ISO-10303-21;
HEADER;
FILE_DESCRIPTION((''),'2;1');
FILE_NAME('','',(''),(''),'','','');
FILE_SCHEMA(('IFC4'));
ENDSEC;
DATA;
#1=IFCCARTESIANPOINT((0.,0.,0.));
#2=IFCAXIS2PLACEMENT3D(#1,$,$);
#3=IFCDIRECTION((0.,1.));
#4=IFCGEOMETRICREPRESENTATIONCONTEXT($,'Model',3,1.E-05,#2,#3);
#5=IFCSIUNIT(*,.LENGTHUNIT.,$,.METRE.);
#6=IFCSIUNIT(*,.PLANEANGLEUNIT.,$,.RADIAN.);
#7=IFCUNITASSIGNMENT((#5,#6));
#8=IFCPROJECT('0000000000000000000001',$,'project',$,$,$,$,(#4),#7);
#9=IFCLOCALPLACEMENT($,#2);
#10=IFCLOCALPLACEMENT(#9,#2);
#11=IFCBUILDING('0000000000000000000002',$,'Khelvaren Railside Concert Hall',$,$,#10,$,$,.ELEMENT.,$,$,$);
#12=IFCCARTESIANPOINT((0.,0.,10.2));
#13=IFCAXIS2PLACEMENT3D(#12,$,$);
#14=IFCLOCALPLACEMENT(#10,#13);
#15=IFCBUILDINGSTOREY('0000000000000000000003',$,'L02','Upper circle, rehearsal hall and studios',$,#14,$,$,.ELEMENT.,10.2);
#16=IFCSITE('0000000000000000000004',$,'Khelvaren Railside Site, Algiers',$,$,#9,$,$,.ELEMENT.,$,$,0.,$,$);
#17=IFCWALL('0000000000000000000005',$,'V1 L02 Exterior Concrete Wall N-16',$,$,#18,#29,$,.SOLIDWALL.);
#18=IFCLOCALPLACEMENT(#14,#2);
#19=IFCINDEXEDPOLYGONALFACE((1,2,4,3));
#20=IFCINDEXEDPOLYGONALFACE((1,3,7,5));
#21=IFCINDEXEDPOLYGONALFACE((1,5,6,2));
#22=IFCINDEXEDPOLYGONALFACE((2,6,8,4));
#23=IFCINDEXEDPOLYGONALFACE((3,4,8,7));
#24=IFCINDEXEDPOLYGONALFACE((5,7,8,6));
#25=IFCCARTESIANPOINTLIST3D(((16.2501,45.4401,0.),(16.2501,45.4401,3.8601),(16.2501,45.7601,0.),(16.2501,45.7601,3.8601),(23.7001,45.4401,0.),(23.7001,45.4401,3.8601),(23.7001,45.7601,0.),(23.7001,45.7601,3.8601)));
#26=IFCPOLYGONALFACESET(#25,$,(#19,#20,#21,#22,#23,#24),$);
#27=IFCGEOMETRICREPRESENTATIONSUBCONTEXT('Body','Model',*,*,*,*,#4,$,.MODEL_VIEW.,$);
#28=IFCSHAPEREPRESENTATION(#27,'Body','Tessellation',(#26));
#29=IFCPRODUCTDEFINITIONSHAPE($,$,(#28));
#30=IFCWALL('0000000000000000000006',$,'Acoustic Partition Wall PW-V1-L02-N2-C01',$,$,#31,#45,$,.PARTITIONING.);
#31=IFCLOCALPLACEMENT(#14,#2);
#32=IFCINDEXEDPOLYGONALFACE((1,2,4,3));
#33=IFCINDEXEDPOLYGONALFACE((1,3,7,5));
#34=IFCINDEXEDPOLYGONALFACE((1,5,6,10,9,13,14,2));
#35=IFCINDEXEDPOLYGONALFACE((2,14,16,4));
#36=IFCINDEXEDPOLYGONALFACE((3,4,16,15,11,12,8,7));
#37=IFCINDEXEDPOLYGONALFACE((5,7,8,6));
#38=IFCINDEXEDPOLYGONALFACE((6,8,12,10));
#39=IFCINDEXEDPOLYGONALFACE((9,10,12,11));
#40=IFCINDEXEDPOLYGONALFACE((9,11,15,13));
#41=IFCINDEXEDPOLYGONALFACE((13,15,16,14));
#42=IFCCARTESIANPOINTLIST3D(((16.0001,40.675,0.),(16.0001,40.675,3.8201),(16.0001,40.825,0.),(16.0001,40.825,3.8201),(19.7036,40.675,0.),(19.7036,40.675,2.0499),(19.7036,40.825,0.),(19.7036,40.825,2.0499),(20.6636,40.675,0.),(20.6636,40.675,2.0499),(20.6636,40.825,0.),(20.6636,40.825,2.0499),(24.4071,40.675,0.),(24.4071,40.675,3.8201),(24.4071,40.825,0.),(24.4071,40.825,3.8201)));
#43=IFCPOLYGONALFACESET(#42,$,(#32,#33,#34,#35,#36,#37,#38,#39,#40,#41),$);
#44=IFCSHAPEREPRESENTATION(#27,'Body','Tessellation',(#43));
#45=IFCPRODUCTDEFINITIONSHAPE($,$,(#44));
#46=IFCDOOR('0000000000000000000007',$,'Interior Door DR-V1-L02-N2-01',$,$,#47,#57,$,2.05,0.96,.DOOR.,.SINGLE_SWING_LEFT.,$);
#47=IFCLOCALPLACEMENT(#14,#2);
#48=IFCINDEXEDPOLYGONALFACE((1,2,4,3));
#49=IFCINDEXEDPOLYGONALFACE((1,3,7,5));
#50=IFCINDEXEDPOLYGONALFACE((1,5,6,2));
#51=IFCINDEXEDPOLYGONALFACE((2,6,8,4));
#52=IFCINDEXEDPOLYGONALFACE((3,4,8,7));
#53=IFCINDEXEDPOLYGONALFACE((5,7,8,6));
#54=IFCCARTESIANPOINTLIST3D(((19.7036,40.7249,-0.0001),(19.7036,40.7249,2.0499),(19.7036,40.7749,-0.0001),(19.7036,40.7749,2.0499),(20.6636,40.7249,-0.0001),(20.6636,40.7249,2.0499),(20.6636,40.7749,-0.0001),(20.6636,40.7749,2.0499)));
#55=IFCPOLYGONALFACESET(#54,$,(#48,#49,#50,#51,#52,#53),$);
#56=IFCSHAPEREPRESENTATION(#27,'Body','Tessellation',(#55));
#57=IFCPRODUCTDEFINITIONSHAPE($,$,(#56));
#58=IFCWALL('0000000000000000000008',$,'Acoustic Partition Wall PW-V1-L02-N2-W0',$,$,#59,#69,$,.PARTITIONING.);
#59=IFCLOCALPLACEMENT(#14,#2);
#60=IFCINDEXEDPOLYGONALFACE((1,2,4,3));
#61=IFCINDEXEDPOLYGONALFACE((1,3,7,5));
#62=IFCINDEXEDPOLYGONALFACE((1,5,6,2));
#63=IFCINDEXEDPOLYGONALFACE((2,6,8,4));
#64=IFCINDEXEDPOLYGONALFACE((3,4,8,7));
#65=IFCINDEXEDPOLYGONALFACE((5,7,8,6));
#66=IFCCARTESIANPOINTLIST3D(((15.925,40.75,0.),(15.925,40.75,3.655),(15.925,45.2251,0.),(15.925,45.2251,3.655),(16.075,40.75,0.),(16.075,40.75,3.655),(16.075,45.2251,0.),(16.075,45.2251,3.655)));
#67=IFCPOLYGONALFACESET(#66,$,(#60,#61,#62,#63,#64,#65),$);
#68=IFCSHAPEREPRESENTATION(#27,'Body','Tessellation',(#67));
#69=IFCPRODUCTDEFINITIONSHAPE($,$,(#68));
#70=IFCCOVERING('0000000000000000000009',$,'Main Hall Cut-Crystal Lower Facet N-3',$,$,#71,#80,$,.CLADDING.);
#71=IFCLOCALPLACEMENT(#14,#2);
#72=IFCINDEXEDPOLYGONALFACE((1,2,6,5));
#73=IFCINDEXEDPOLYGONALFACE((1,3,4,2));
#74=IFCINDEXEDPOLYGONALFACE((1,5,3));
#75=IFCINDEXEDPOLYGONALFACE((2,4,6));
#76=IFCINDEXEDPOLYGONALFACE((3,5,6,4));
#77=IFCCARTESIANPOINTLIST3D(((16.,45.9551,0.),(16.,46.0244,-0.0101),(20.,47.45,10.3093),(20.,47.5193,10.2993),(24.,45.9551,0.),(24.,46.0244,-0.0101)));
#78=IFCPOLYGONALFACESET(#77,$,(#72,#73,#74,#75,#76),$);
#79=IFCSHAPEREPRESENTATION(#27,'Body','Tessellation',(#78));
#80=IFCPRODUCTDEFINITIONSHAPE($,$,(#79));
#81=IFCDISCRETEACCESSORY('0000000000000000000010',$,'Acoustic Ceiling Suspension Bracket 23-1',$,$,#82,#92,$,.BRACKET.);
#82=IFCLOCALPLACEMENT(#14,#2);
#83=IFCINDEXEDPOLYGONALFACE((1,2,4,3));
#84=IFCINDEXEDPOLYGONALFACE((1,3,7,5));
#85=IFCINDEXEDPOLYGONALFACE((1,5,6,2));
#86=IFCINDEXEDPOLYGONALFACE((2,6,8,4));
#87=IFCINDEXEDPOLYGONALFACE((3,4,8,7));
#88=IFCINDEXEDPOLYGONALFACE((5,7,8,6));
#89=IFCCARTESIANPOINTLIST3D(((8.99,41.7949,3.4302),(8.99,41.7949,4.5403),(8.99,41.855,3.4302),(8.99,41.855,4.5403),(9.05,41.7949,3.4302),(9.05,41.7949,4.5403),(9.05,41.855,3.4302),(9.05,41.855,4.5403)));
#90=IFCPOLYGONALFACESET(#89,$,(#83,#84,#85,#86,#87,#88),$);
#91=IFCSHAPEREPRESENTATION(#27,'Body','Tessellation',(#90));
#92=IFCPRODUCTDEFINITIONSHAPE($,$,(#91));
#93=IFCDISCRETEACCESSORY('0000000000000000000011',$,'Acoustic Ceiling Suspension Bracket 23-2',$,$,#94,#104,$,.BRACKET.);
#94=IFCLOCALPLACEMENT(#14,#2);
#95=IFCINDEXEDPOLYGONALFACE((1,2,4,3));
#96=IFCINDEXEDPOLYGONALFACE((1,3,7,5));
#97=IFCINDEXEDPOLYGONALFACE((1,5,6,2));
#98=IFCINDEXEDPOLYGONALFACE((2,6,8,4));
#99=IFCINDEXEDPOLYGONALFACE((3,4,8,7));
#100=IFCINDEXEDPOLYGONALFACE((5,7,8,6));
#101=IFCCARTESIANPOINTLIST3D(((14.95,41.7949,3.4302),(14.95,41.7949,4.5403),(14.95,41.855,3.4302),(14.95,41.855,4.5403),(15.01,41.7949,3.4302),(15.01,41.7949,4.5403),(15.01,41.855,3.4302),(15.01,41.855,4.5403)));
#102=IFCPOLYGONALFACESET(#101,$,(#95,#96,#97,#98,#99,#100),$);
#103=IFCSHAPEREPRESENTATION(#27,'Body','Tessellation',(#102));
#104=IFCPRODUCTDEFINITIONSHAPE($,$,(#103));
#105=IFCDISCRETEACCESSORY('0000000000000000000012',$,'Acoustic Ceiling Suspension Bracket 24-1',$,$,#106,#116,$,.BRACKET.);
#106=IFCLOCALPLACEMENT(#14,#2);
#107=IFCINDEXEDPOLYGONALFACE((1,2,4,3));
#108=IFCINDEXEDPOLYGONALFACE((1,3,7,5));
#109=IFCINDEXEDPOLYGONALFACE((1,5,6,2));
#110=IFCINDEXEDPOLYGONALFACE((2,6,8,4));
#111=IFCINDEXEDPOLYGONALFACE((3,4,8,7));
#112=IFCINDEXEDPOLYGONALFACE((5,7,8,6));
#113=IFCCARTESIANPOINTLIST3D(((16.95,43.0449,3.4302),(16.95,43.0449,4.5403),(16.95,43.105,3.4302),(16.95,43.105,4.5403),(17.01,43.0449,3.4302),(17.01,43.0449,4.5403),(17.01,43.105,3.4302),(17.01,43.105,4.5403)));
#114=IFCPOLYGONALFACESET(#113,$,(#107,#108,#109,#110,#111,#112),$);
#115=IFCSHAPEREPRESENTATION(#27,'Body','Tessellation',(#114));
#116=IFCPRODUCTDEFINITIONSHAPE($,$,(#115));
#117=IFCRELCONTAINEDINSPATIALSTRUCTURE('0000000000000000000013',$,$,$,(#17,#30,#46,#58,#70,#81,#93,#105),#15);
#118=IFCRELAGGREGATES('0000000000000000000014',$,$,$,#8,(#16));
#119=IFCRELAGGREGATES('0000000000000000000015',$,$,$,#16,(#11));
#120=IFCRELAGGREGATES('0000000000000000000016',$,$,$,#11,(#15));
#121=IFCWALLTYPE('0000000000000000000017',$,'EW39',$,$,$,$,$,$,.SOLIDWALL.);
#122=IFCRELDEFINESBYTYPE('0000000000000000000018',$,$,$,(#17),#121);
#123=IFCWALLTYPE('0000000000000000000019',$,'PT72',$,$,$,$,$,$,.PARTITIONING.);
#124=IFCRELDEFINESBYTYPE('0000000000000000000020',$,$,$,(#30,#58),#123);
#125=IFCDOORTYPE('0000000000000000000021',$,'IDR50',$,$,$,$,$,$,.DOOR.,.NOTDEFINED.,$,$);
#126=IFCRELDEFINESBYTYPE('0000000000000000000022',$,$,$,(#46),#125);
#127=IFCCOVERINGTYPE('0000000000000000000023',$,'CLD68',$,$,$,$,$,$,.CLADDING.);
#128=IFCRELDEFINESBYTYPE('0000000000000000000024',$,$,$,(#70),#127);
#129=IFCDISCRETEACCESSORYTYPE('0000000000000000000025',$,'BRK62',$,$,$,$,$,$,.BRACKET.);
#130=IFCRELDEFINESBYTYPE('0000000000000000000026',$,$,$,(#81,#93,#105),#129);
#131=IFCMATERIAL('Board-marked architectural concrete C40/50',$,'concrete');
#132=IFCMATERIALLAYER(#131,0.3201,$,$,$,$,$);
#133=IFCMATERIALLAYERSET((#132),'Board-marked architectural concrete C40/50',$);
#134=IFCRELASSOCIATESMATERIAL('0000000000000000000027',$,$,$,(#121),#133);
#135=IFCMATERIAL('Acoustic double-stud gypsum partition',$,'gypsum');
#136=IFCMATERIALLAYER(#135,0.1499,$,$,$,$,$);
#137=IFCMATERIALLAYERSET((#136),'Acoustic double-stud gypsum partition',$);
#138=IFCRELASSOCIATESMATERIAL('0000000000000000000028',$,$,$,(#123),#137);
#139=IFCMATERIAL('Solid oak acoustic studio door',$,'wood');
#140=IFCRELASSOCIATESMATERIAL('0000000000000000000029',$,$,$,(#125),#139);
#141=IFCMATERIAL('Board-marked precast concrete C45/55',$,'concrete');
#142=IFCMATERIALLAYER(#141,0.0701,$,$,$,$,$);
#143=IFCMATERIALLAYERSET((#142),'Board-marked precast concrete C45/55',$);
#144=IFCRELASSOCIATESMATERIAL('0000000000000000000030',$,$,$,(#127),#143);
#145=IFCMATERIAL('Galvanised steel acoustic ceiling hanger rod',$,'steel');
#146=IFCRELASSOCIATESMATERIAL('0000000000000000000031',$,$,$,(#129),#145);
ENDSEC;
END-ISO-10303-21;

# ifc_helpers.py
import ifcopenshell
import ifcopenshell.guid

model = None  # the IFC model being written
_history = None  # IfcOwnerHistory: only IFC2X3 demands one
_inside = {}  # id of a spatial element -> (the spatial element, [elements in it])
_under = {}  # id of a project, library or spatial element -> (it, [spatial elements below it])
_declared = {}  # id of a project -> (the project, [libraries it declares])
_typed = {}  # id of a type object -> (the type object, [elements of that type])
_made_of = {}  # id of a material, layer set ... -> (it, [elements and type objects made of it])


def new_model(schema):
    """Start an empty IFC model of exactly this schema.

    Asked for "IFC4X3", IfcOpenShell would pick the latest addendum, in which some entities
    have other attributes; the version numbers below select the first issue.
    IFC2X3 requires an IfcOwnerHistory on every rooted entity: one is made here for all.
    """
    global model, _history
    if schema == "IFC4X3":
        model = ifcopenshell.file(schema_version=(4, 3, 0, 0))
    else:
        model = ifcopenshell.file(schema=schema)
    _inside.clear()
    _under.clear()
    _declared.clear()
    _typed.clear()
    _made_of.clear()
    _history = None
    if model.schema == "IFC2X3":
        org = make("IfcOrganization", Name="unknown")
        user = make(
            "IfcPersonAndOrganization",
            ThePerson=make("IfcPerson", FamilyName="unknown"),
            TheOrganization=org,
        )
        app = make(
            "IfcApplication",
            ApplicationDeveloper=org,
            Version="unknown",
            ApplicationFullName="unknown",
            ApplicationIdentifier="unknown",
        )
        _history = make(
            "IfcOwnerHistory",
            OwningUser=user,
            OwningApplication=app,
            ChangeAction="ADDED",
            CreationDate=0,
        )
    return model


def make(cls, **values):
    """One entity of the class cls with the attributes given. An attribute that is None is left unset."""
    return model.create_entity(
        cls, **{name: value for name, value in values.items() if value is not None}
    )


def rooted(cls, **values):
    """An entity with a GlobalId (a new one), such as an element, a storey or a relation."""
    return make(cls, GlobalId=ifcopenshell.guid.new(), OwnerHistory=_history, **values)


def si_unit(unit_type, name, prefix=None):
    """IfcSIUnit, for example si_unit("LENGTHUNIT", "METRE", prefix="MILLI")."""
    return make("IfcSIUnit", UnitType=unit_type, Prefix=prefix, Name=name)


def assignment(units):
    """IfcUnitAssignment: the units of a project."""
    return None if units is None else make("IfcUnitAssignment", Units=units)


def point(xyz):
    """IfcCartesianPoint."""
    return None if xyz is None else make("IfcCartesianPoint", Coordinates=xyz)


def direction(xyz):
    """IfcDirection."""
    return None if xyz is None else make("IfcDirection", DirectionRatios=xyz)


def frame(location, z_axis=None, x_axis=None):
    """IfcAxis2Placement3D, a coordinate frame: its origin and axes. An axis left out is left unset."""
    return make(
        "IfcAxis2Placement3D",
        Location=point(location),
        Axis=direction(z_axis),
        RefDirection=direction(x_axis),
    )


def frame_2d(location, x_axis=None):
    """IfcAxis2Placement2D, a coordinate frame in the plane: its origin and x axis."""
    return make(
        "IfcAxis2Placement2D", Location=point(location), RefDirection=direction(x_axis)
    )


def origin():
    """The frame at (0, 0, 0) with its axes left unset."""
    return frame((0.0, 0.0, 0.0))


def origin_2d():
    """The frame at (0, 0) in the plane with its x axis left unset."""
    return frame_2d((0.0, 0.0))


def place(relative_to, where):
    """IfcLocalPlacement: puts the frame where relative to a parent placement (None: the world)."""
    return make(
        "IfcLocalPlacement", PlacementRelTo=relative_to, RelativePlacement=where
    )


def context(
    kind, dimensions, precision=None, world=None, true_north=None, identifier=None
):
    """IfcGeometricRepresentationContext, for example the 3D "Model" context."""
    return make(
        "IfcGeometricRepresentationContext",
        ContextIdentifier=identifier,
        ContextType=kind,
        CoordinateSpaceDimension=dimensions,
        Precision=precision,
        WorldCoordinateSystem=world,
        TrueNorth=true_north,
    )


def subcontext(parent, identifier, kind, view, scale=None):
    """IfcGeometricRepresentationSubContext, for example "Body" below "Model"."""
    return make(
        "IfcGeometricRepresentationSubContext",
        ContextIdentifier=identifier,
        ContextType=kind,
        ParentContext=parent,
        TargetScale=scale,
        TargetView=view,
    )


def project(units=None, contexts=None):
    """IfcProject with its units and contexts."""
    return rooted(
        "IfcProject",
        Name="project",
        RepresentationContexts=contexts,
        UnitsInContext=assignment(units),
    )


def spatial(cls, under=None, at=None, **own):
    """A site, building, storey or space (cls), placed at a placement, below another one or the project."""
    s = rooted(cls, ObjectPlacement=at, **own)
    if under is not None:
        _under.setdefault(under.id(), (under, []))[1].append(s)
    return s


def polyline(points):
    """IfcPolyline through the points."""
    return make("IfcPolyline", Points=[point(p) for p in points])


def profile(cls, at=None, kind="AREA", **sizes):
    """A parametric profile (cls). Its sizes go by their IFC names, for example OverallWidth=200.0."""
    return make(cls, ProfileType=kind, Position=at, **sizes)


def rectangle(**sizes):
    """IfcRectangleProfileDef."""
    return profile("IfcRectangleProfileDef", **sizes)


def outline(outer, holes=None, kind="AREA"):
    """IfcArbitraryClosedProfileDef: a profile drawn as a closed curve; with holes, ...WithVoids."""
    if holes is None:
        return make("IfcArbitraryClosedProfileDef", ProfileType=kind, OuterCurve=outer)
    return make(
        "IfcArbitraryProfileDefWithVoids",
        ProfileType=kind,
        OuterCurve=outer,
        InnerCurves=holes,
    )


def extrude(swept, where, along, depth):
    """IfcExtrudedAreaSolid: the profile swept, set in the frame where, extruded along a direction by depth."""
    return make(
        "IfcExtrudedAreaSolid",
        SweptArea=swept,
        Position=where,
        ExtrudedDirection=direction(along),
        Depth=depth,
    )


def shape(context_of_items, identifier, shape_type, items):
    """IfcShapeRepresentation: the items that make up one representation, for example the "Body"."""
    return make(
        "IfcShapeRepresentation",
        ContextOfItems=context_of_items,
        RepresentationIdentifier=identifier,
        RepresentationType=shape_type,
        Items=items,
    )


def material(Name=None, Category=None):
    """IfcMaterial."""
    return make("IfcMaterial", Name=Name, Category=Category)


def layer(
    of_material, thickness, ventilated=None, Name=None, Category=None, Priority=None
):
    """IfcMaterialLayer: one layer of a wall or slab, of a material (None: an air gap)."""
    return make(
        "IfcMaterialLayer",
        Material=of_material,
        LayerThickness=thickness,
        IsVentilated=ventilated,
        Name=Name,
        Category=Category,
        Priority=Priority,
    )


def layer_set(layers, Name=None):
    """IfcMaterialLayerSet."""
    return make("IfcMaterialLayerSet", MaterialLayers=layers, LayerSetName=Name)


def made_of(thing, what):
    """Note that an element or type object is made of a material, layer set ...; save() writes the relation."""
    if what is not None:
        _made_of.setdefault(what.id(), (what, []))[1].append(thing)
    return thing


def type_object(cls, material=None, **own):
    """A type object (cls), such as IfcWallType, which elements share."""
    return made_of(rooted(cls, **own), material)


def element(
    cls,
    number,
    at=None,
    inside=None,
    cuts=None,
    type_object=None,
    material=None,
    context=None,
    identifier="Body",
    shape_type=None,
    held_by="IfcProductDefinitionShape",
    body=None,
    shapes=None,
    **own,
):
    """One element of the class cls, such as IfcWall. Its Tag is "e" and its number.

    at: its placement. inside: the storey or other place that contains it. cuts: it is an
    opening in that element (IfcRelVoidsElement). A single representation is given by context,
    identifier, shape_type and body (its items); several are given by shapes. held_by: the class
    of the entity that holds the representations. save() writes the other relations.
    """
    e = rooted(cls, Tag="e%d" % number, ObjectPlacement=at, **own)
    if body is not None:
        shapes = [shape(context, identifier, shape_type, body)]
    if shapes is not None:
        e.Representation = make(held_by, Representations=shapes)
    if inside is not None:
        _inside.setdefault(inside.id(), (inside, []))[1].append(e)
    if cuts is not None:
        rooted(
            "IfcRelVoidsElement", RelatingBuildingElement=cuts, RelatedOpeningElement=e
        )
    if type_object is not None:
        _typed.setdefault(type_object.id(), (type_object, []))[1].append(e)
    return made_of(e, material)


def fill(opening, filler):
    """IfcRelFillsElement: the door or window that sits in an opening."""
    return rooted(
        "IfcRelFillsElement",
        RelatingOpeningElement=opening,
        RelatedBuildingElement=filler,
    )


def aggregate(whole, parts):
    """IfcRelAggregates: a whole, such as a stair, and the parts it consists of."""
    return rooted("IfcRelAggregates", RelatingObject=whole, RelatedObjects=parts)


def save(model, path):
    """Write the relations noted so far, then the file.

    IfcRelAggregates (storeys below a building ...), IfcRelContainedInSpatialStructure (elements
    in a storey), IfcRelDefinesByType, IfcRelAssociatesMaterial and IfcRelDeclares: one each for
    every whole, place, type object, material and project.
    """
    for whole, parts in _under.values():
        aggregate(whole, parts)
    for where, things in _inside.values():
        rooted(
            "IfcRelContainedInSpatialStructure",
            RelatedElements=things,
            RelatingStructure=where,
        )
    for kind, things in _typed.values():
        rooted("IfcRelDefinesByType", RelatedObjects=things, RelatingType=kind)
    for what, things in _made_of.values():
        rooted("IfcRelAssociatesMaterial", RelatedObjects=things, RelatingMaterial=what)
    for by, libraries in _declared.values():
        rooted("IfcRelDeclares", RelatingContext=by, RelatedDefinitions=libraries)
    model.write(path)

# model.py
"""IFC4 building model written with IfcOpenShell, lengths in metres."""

from ifc_helpers import new_model, si_unit, direction, frame, frame_2d, origin, origin_2d, place, context, subcontext, project, spatial, polyline, rectangle, outline, extrude, material, layer, layer_set, type_object, element, fill, save


model = new_model("IFC4")

# Units and contexts
model_context = context("Model", 3, precision=1e-05, world=origin(), true_north=direction((0.0, 1.0)))
body_context = subcontext(model_context, "Body", "Model", "MODEL_VIEW")
ifc_project = project(units=[si_unit("LENGTHUNIT", "METRE"), si_unit("PLANEANGLEUNIT", "RADIAN")], contexts=[model_context])

# Site, building, storey
site_placement = place(None, origin())
site = spatial("IfcSite", under=ifc_project, at=site_placement, Name="Khelvaren Railside Site, Algiers", CompositionType="ELEMENT", RefElevation=0.0)
building_placement = place(site_placement, origin())
building = spatial("IfcBuilding", under=site, at=building_placement, Name="Khelvaren Railside Concert Hall", CompositionType="ELEMENT")
storey_placement = place(building_placement, frame((0.0, 0.0, 10.2)))
storey = spatial("IfcBuildingStorey", under=building, at=storey_placement, Name="L02", Description="Upper circle, rehearsal hall and studios", CompositionType="ELEMENT", Elevation=10.2)

# Shared definitions
ifc_material_1 = material(Name="Board-marked architectural concrete C40/50", Category="concrete")
ifc_layer_1 = layer(ifc_material_1, 0.3201)
ifc_layer_set_1 = layer_set([ifc_layer_1], Name="Board-marked architectural concrete C40/50")
wall_type_1 = type_object("IfcWallType", Name="EW39", PredefinedType="SOLIDWALL", material=ifc_layer_set_1)

# Wall
wall_1_placement = place(storey_placement, frame((16.25, 45.6001, 0.0), z_axis=(0.0, 0.0, 1.0), x_axis=(1.0, 0.0, 0.0)))
element("IfcWall", 1, at=wall_1_placement, inside=storey, type_object=wall_type_1, Name="V1 L02 Exterior Concrete Wall N-16", PredefinedType="SOLIDWALL", context=body_context, shape_type="SweptSolid", body=[
    extrude(rectangle(XDim=7.45, YDim=0.3201, at=frame_2d((3.7251, 0.0))), origin(), (0.0, 0.0, 1.0), 3.8601),
])

# Wall, opening, door
ifc_material_2 = material(Name="Acoustic double-stud gypsum partition", Category="gypsum")
ifc_layer_2 = layer(ifc_material_2, 0.1499)
ifc_layer_set_2 = layer_set([ifc_layer_2], Name="Acoustic double-stud gypsum partition")
wall_type_2 = type_object("IfcWallType", Name="PT72", PredefinedType="PARTITIONING", material=ifc_layer_set_2)
wall_2_placement = place(storey_placement, frame((16.0, 40.75, 0.0), z_axis=(0.0, 0.0, 1.0), x_axis=(1.0, 0.0, 0.0)))
wall_2 = element("IfcWall", 2, at=wall_2_placement, inside=storey, type_object=wall_type_2, Name="Acoustic Partition Wall PW-V1-L02-N2-C01", PredefinedType="PARTITIONING", context=body_context, shape_type="SweptSolid", body=[
    extrude(rectangle(XDim=8.407, YDim=0.1499, at=frame_2d((4.2036, 0.0))), origin(), (0.0, 0.0, 1.0), 3.8201),
])
opening_1_placement = place(wall_2_placement, frame((3.7036, 0.0, 0.0)))
opening_1 = element("IfcOpeningElement", 3, at=opening_1_placement, cuts=wall_2, PredefinedType="OPENING", context=body_context, shape_type="SweptSolid", body=[
    extrude(rectangle(XDim=0.96, YDim=2.05, at=frame_2d((0.48, 1.0249))), frame((0.0, 0.085, 0.0), z_axis=(0.0, -1.0, 0.0), x_axis=(1.0, 0.0, 0.0)), (0.0, 0.0, 1.0), 0.1699),
])
ifc_material_3 = material(Name="Solid oak acoustic studio door", Category="wood")
door_type_1 = type_object("IfcDoorType", Name="IDR50", OperationType="NOTDEFINED", PredefinedType="DOOR", material=ifc_material_3)
door_1_placement = place(opening_1_placement, origin())
door_1 = element("IfcDoor", 4, at=door_1_placement, inside=storey, type_object=door_type_1, Name="Interior Door DR-V1-L02-N2-01", OperationType="SINGLE_SWING_LEFT", OverallHeight=2.05, OverallWidth=0.96, PredefinedType="DOOR", context=body_context, shape_type="SweptSolid", body=[
    extrude(rectangle(XDim=0.96, YDim=2.05, at=frame_2d((0.48, 1.0249))), frame((0.0, 0.0249, 0.0), z_axis=(0.0, -1.0, 0.0), x_axis=(1.0, 0.0, 0.0)), (0.0, 0.0, 1.0), 0.05),
])
fill(opening_1, door_1)

# Wall
wall_3_placement = place(storey_placement, frame((16.0, 40.75, 0.0), z_axis=(0.0, 0.0, 1.0), x_axis=(0.0, 1.0, 0.0)))
element("IfcWall", 5, at=wall_3_placement, inside=storey, type_object=wall_type_2, Name="Acoustic Partition Wall PW-V1-L02-N2-W0", PredefinedType="PARTITIONING", context=body_context, shape_type="SweptSolid", body=[
    extrude(rectangle(XDim=4.4751, YDim=0.1499, at=frame_2d((2.2375, 0.0))), origin(), (0.0, 0.0, 1.0), 3.655),
])

# Covering
ifc_material_4 = material(Name="Board-marked precast concrete C45/55", Category="concrete")
ifc_layer_3 = layer(ifc_material_4, 0.0701)
ifc_layer_set_3 = layer_set([ifc_layer_3], Name="Board-marked precast concrete C45/55")
covering_type = type_object("IfcCoveringType", Name="CLD68", PredefinedType="CLADDING", material=ifc_layer_set_3)
covering_placement = place(storey_placement, frame((16.0, 45.9551, 0.0), z_axis=(0.0, -0.98965, 0.143501), x_axis=(1.0, 0.0, 0.0)))
element("IfcCovering", 6, at=covering_placement, inside=storey, type_object=covering_type, Name="Main Hall Cut-Crystal Lower Facet N-3", PredefinedType="CLADDING", context=body_context, shape_type="SweptSolid", body=[
    extrude(outline(polyline([(0.0, 0.0), (8.0, 0.0), (4.0, 10.4171), (0.0, 0.0)])), origin(), (0.0, 0.0, -1.0), 0.0701),
])

# Discrete accessories
ifc_material_5 = material(Name="Galvanised steel acoustic ceiling hanger rod", Category="steel")
discrete_accessory_type = type_object("IfcDiscreteAccessoryType", Name="BRK62", PredefinedType="BRACKET", material=ifc_material_5)
for number, where, z_axis, x_axis, name in (
    (7, (9.02, 41.825, 3.4302), (0.0, 0.0, 1.0), (1.0, 0.0, 0.0), "Acoustic Ceiling Suspension Bracket 23-1"),
    (8, (14.98, 41.825, 3.4302), (0.0, 0.0, 1.0), (1.0, 0.0, 0.0), "Acoustic Ceiling Suspension Bracket 23-2"),
    (9, (16.98, 43.075, 3.4302), (0.0, 0.0, 1.0), (1.0, 0.0, 0.0), "Acoustic Ceiling Suspension Bracket 24-1"),
):
    element("IfcDiscreteAccessory", number, at=place(storey_placement, frame(where, z_axis=z_axis, x_axis=x_axis)), inside=storey, type_object=discrete_accessory_type, Name=name, PredefinedType="BRACKET", context=body_context, shape_type="SweptSolid", body=[
        extrude(rectangle(XDim=0.0601, YDim=0.0601, at=origin_2d()), origin(), (0.0, 0.0, 1.0), 1.1101),
    ])

save(model, "model.ifc")
